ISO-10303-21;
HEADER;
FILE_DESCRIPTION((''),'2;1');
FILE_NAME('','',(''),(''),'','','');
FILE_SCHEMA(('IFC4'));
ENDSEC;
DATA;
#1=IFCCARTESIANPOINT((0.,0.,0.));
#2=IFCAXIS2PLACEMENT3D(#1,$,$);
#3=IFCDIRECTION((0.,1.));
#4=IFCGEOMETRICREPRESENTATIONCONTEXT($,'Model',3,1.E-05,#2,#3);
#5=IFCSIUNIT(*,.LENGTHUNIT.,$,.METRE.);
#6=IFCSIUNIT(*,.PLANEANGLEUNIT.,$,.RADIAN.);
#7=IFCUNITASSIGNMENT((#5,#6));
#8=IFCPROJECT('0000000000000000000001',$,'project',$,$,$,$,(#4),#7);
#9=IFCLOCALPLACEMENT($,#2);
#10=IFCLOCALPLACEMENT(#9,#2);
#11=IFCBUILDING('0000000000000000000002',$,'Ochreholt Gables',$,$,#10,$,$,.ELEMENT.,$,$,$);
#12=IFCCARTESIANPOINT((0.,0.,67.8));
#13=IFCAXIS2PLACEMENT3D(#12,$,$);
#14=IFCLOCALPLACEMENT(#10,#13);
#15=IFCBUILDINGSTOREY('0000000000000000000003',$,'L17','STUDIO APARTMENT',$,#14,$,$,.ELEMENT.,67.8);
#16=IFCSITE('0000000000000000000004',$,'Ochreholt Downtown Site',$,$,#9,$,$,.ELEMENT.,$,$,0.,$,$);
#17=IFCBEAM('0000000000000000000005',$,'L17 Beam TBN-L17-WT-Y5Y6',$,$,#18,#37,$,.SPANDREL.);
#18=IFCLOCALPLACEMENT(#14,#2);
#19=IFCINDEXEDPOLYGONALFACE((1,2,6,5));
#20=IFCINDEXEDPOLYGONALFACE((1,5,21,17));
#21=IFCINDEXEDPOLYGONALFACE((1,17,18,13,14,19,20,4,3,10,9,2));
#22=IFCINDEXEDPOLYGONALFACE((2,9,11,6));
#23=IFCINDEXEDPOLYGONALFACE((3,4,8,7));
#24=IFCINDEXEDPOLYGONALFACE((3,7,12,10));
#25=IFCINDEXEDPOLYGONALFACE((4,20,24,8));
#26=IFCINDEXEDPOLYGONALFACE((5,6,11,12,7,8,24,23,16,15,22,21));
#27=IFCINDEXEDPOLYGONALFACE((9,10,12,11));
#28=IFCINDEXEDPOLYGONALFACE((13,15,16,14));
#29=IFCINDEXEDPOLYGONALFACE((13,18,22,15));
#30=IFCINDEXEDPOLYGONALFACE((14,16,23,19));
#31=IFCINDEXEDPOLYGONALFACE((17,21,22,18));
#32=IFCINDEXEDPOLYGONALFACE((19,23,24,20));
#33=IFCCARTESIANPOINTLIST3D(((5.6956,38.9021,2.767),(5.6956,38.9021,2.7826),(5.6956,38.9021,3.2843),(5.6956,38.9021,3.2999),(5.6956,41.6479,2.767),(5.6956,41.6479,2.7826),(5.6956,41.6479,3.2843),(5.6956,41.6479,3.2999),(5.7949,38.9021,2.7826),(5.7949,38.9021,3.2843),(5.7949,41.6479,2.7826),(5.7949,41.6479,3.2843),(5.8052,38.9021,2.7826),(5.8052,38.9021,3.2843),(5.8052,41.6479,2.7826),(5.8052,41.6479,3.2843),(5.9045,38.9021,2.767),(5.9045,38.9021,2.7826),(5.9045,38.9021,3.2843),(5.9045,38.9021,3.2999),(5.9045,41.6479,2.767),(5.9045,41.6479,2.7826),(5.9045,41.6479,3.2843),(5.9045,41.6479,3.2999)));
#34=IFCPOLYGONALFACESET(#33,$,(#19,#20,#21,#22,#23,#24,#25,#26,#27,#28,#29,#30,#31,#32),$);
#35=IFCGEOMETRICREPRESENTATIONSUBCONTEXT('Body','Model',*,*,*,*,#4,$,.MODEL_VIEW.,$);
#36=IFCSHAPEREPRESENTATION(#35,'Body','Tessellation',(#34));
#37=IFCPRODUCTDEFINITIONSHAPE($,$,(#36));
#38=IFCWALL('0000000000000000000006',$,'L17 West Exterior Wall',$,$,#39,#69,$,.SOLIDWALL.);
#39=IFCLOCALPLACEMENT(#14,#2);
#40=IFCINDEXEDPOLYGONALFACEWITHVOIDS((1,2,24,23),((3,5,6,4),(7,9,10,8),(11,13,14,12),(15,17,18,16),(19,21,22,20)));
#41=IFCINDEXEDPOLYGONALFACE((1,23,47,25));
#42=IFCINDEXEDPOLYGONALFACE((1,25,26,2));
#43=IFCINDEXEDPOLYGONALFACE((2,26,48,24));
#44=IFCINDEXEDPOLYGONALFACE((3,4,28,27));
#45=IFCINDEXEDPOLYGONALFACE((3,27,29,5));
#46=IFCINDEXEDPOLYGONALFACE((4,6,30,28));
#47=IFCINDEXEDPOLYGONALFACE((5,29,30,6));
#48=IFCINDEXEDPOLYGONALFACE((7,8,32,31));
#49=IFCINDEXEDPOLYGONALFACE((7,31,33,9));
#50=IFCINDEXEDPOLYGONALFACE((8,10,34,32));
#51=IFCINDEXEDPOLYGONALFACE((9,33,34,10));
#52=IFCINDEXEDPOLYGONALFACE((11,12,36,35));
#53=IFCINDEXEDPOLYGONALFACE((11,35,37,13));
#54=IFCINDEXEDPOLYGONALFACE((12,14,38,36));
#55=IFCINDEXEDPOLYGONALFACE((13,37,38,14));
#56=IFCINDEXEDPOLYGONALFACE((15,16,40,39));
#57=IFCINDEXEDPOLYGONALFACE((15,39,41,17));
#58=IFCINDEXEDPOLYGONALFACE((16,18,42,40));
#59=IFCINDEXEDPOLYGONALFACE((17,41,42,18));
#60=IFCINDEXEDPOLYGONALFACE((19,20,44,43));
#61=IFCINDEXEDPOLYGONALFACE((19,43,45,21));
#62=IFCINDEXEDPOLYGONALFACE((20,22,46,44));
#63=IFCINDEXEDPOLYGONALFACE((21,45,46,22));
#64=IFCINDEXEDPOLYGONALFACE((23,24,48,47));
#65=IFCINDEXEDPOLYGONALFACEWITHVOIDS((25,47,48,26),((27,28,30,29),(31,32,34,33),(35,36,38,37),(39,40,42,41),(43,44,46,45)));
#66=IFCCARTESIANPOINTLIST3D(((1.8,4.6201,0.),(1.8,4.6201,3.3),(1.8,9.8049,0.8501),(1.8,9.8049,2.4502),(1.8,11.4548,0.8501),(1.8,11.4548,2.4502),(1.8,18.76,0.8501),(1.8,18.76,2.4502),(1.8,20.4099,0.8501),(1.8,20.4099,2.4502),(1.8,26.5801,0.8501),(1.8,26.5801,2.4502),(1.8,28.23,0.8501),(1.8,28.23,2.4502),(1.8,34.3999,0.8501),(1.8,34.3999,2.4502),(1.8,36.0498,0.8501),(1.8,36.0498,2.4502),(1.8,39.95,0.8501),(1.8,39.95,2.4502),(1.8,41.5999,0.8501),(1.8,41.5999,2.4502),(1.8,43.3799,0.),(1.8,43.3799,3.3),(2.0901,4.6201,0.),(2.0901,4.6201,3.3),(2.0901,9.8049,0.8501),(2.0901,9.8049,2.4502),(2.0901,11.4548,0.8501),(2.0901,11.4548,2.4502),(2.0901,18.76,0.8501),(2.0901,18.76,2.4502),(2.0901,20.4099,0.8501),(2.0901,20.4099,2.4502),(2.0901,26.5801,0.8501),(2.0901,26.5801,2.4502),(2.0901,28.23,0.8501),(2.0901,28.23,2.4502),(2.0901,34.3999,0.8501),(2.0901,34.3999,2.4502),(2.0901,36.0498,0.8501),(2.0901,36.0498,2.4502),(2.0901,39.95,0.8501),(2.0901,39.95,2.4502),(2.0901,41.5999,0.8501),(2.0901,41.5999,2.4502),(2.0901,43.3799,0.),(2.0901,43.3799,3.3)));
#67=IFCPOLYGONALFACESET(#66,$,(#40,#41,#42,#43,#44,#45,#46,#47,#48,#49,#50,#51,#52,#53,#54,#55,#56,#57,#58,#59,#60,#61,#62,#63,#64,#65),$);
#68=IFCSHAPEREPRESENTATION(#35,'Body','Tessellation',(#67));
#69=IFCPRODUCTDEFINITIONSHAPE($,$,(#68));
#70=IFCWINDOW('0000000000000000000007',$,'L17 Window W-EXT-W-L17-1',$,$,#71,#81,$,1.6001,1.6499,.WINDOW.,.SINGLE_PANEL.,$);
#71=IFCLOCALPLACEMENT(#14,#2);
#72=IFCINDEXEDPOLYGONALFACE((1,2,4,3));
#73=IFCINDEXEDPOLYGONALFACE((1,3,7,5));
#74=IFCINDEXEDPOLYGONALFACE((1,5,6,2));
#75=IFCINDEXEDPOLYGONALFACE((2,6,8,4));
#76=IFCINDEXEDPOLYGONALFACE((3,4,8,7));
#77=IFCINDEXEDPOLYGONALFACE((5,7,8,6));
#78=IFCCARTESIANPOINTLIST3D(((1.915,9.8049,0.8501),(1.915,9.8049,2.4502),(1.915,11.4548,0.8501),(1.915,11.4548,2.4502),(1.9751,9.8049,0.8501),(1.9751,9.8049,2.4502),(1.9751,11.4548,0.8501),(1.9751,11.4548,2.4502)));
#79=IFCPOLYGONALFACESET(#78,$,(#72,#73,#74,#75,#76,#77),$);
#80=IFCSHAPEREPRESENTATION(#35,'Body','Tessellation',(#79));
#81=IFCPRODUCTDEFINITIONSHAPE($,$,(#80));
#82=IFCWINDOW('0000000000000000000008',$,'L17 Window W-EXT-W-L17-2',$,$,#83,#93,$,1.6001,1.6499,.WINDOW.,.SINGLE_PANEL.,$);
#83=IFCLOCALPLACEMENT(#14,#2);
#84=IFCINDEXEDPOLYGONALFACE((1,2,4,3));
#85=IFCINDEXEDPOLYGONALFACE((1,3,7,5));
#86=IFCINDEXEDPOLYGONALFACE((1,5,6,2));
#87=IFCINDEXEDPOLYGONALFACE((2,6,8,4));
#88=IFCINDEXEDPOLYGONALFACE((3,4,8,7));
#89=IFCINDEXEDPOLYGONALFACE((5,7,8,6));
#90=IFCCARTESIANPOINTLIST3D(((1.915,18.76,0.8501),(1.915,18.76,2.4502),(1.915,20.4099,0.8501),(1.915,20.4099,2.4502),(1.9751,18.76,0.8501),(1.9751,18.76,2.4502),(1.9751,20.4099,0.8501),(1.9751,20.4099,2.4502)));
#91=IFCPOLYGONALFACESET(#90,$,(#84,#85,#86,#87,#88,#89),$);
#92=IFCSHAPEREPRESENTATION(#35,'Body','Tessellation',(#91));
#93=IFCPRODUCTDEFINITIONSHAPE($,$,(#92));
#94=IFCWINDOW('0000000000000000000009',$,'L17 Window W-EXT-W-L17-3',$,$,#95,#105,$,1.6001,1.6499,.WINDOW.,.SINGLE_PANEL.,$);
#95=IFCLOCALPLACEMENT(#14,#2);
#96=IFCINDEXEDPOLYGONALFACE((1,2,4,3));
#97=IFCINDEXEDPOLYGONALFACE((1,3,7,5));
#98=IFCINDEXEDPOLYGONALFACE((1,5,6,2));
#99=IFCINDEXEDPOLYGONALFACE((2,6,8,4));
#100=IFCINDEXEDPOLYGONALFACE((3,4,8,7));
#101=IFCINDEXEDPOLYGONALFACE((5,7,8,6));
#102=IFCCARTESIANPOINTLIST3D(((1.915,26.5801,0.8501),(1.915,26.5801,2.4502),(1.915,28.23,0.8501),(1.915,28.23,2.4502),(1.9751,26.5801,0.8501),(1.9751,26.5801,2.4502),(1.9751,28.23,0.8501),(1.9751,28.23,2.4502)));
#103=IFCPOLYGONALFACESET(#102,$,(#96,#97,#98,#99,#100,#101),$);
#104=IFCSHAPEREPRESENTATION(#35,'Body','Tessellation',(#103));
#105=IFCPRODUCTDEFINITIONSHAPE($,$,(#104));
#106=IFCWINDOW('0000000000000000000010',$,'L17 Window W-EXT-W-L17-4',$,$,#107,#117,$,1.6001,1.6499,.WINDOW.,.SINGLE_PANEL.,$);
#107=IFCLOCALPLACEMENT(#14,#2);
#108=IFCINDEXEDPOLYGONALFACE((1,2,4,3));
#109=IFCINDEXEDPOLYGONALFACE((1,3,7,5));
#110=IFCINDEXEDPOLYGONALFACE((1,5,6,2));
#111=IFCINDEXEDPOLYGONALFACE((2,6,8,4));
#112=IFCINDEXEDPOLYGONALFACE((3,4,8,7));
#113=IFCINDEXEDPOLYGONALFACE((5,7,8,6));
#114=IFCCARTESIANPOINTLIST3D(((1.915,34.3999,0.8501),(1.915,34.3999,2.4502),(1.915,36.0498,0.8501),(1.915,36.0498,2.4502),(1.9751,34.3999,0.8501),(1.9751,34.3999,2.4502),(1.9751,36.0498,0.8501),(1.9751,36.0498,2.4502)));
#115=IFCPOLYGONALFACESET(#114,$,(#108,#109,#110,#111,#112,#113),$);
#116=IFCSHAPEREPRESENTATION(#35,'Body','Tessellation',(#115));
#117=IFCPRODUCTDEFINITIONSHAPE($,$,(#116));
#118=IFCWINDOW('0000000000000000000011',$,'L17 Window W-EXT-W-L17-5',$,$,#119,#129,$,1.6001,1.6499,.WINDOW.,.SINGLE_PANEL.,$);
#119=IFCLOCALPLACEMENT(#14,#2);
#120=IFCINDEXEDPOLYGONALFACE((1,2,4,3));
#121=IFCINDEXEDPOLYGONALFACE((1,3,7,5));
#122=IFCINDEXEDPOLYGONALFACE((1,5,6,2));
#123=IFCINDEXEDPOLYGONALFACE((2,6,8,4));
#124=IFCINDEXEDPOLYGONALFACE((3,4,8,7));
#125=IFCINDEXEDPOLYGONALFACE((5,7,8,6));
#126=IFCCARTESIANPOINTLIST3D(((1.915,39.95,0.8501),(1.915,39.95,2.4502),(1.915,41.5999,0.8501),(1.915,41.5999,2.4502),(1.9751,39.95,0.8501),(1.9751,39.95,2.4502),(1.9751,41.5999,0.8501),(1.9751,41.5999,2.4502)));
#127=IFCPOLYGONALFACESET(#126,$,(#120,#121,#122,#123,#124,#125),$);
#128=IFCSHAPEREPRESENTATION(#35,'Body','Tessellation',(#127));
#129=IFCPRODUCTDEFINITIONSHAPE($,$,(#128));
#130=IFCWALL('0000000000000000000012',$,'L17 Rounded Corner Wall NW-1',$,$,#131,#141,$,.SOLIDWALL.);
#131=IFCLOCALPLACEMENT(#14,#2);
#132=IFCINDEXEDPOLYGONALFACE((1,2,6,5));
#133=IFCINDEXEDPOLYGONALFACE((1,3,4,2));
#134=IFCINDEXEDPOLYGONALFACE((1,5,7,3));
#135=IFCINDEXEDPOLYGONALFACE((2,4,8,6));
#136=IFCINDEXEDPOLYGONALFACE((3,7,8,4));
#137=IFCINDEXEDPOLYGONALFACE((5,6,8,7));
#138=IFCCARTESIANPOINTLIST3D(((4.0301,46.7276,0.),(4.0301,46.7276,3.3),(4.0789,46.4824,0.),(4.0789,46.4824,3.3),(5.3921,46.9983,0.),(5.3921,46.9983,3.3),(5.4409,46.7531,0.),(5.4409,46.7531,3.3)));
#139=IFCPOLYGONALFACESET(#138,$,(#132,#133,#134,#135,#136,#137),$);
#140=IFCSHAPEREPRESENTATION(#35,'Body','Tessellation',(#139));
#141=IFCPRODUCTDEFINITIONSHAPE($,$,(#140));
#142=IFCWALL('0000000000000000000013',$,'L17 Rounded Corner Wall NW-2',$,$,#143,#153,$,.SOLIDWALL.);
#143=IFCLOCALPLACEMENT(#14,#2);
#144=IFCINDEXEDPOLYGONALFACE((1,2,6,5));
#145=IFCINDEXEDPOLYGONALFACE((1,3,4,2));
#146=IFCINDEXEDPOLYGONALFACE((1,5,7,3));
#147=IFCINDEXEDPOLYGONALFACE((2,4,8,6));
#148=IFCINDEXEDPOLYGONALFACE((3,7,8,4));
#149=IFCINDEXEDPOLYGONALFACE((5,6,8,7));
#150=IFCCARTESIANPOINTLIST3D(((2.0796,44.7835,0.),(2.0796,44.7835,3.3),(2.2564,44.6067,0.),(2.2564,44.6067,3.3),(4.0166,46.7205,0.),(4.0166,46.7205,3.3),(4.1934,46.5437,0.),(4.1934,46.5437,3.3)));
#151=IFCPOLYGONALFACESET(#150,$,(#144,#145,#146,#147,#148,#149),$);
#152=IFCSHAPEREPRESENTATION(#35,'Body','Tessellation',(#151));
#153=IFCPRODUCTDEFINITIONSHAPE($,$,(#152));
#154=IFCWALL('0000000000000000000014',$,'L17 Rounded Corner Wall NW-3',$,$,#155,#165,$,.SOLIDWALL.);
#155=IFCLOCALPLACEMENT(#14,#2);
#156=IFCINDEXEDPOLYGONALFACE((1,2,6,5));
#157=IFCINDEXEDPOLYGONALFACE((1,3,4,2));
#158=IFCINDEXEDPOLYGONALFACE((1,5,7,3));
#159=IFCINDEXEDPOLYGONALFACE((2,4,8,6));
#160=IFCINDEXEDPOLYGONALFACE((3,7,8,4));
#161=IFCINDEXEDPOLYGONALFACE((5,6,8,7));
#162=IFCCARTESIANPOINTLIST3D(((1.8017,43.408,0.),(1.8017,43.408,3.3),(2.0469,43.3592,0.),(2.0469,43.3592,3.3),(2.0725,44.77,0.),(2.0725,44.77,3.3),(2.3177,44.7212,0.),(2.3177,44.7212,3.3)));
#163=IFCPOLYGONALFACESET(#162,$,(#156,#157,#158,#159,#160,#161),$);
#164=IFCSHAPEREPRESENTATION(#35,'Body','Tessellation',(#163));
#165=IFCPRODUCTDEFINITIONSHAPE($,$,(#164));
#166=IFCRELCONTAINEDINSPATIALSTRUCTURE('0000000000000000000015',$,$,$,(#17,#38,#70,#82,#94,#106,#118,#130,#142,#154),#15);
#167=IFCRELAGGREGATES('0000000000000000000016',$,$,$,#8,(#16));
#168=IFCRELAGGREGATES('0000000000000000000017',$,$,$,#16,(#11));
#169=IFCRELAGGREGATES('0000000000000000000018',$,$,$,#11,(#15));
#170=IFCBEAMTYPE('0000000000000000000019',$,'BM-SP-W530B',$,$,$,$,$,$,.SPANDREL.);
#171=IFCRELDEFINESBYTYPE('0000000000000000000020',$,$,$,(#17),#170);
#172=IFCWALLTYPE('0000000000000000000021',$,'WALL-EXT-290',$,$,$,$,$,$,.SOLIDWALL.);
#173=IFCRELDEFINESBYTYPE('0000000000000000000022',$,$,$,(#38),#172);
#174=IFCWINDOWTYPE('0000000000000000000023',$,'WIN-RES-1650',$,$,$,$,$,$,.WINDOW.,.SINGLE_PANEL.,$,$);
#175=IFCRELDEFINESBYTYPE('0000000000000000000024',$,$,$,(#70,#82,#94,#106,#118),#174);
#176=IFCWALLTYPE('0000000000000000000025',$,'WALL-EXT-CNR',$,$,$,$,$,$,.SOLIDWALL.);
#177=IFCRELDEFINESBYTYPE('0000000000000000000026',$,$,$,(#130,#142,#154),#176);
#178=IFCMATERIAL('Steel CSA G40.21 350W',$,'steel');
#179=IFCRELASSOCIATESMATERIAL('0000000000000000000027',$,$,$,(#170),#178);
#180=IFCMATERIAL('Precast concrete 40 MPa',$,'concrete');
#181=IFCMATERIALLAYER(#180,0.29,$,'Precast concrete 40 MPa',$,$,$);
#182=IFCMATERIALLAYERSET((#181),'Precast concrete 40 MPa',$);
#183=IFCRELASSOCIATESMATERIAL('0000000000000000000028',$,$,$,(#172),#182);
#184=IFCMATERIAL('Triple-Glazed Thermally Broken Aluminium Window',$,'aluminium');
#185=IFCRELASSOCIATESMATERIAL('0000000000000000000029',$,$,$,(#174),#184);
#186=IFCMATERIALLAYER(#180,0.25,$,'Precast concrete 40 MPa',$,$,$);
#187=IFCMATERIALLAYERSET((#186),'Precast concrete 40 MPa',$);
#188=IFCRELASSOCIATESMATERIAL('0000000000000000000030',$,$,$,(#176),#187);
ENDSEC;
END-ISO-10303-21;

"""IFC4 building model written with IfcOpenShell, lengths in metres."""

from ifc_helpers import new_model, si_unit, direction, frame, frame_2d, origin, origin_2d, place, context, subcontext, project, spatial, rectangle, i_section, extrude, material, layer, layer_set, material_profile, profile_set, type_object, element, fill, save


model = new_model("IFC4")

# Units and contexts
model_context = context("Model", 3, precision=1e-05, world=origin(), true_north=direction((0.0, 1.0)))
body_context = subcontext(model_context, "Body", "Model", "MODEL_VIEW")
ifc_project = project(units=[si_unit("LENGTHUNIT", "METRE"), si_unit("PLANEANGLEUNIT", "RADIAN")], contexts=[model_context])

# Site, building, storey
site_placement = place(None, origin())
site = spatial("IfcSite", under=ifc_project, at=site_placement, Name="Ochreholt Downtown Site", CompositionType="ELEMENT", RefElevation=0.0)
building_placement = place(site_placement, origin())
building = spatial("IfcBuilding", under=site, at=building_placement, Name="Ochreholt Gables", CompositionType="ELEMENT")
storey_placement = place(building_placement, frame((0.0, 0.0, 67.8)))
storey = spatial("IfcBuildingStorey", under=building, at=storey_placement, Name="L17", Description="STUDIO APARTMENT", CompositionType="ELEMENT", Elevation=67.8)

# Shared definitions
ifc_material_1 = material(Name="Steel CSA G40.21 350W", Category="steel")

# Beam
ifc_material_profile_1 = material_profile(ifc_material_1, i_section(OverallWidth=0.209, OverallDepth=0.533, WebThickness=0.0103, FlangeThickness=0.0156, at=origin_2d()), Name="W530X92")
ifc_profile_set_1 = profile_set([ifc_material_profile_1], Name="Steel CSA G40.21 350W")
beam_type_1 = type_object("IfcBeamType", Name="BM-SP-W530B", PredefinedType="SPANDREL", material=ifc_profile_set_1)
beam_1_placement = place(storey_placement, frame((5.8, 38.9021, 3.0334), z_axis=(0.0, 1.0, 0.0), x_axis=(-1.0, 0.0, 0.0)))
element("IfcBeam", 1, at=beam_1_placement, inside=storey, type_object=beam_type_1, Name="L17 Beam TBN-L17-WT-Y5Y6", PredefinedType="SPANDREL", context=body_context, shape_type="SweptSolid", body=[
    extrude(i_section(OverallWidth=0.209, OverallDepth=0.533, WebThickness=0.0103, FlangeThickness=0.0156, at=origin_2d()), origin(), (0.0, 0.0, 1.0), 2.7458),
])

# Wall, openings, windows
ifc_material_2 = material(Name="Precast concrete 40 MPa", Category="concrete")
ifc_layer_1 = layer(ifc_material_2, 0.29, Name="Precast concrete 40 MPa")
ifc_layer_set_1 = layer_set([ifc_layer_1], Name="Precast concrete 40 MPa")
wall_type_1 = type_object("IfcWallType", Name="WALL-EXT-290", PredefinedType="SOLIDWALL", material=ifc_layer_set_1)
wall_1_placement = place(storey_placement, frame((1.9451, 43.3799, 0.0), z_axis=(0.0, 0.0, 1.0), x_axis=(0.0, -1.0, 0.0)))
wall_1 = element("IfcWall", 2, at=wall_1_placement, inside=storey, type_object=wall_type_1, Name="L17 West Exterior Wall", PredefinedType="SOLIDWALL", context=body_context, shape_type="SweptSolid", body=[
    extrude(rectangle(XDim=38.7598, YDim=0.29, at=frame_2d((19.3799, 0.0))), origin(), (0.0, 0.0, 1.0), 3.3),
])
opening_1_placement = place(wall_1_placement, frame((31.925, 0.0, 0.8501)))
opening_1 = element("IfcOpeningElement", 3, at=opening_1_placement, cuts=wall_1, PredefinedType="OPENING", context=body_context, shape_type="SweptSolid", body=[
    extrude(rectangle(XDim=1.6499, YDim=1.6001, at=frame_2d((0.825, 0.8))), frame((0.0, 0.155, 0.0), z_axis=(0.0, -1.0, 0.0), x_axis=(1.0, 0.0, 0.0)), (0.0, 0.0, 1.0), 0.3101),
])
opening_2_placement = place(wall_1_placement, frame((22.97, 0.0, 0.8501)))
opening_2 = element("IfcOpeningElement", 4, at=opening_2_placement, cuts=wall_1, PredefinedType="OPENING", context=body_context, shape_type="SweptSolid", body=[
    extrude(rectangle(XDim=1.6499, YDim=1.6001, at=frame_2d((0.825, 0.8))), frame((0.0, 0.155, 0.0), z_axis=(0.0, -1.0, 0.0), x_axis=(1.0, 0.0, 0.0)), (0.0, 0.0, 1.0), 0.3101),
])
opening_3_placement = place(wall_1_placement, frame((15.1499, 0.0, 0.8501)))
opening_3 = element("IfcOpeningElement", 5, at=opening_3_placement, cuts=wall_1, PredefinedType="OPENING", context=body_context, shape_type="SweptSolid", body=[
    extrude(rectangle(XDim=1.6499, YDim=1.6001, at=frame_2d((0.825, 0.8))), frame((0.0, 0.155, 0.0), z_axis=(0.0, -1.0, 0.0), x_axis=(1.0, 0.0, 0.0)), (0.0, 0.0, 1.0), 0.3101),
])
opening_4_placement = place(wall_1_placement, frame((7.3301, 0.0, 0.8501)))
opening_4 = element("IfcOpeningElement", 6, at=opening_4_placement, cuts=wall_1, PredefinedType="OPENING", context=body_context, shape_type="SweptSolid", body=[
    extrude(rectangle(XDim=1.6499, YDim=1.6001, at=frame_2d((0.825, 0.8))), frame((0.0, 0.155, 0.0), z_axis=(0.0, -1.0, 0.0), x_axis=(1.0, 0.0, 0.0)), (0.0, 0.0, 1.0), 0.3101),
])
opening_5_placement = place(wall_1_placement, frame((1.78, 0.0, 0.8501)))
opening_5 = element("IfcOpeningElement", 7, at=opening_5_placement, cuts=wall_1, PredefinedType="OPENING", context=body_context, shape_type="SweptSolid", body=[
    extrude(rectangle(XDim=1.6499, YDim=1.6001, at=frame_2d((0.825, 0.8))), frame((0.0, 0.155, 0.0), z_axis=(0.0, -1.0, 0.0), x_axis=(1.0, 0.0, 0.0)), (0.0, 0.0, 1.0), 0.3101),
])
ifc_material_3 = material(Name="Triple-Glazed Thermally Broken Aluminium Window", Category="aluminium")
window_type = type_object("IfcWindowType", Name="WIN-RES-1650", PartitioningType="SINGLE_PANEL", PredefinedType="WINDOW", material=ifc_material_3)
window_1_placement = place(opening_1_placement, origin())
window_1 = element("IfcWindow", 8, at=window_1_placement, inside=storey, type_object=window_type, Name="L17 Window W-EXT-W-L17-1", OverallHeight=1.6001, OverallWidth=1.6499, PartitioningType="SINGLE_PANEL", PredefinedType="WINDOW", context=body_context, shape_type="SweptSolid", body=[
    extrude(rectangle(XDim=1.6499, YDim=1.6001, at=frame_2d((0.825, 0.8))), frame((0.0, 0.03, 0.0), z_axis=(0.0, -1.0, 0.0), x_axis=(1.0, 0.0, 0.0)), (0.0, 0.0, 1.0), 0.0601),
])
fill(opening_1, window_1)
window_2_placement = place(opening_2_placement, origin())
window_2 = element("IfcWindow", 9, at=window_2_placement, inside=storey, type_object=window_type, Name="L17 Window W-EXT-W-L17-2", OverallHeight=1.6001, OverallWidth=1.6499, PartitioningType="SINGLE_PANEL", PredefinedType="WINDOW", context=body_context, shape_type="SweptSolid", body=[
    extrude(rectangle(XDim=1.6499, YDim=1.6001, at=frame_2d((0.825, 0.8))), frame((0.0, 0.03, 0.0), z_axis=(0.0, -1.0, 0.0), x_axis=(1.0, 0.0, 0.0)), (0.0, 0.0, 1.0), 0.0601),
])
fill(opening_2, window_2)
window_3_placement = place(opening_3_placement, origin())
window_3 = element("IfcWindow", 10, at=window_3_placement, inside=storey, type_object=window_type, Name="L17 Window W-EXT-W-L17-3", OverallHeight=1.6001, OverallWidth=1.6499, PartitioningType="SINGLE_PANEL", PredefinedType="WINDOW", context=body_context, shape_type="SweptSolid", body=[
    extrude(rectangle(XDim=1.6499, YDim=1.6001, at=frame_2d((0.825, 0.8))), frame((0.0, 0.03, 0.0), z_axis=(0.0, -1.0, 0.0), x_axis=(1.0, 0.0, 0.0)), (0.0, 0.0, 1.0), 0.0601),
])
fill(opening_3, window_3)
window_4_placement = place(opening_4_placement, origin())
window_4 = element("IfcWindow", 11, at=window_4_placement, inside=storey, type_object=window_type, Name="L17 Window W-EXT-W-L17-4", OverallHeight=1.6001, OverallWidth=1.6499, PartitioningType="SINGLE_PANEL", PredefinedType="WINDOW", context=body_context, shape_type="SweptSolid", body=[
    extrude(rectangle(XDim=1.6499, YDim=1.6001, at=frame_2d((0.825, 0.8))), frame((0.0, 0.03, 0.0), z_axis=(0.0, -1.0, 0.0), x_axis=(1.0, 0.0, 0.0)), (0.0, 0.0, 1.0), 0.0601),
])
fill(opening_4, window_4)
window_5_placement = place(opening_5_placement, origin())
window_5 = element("IfcWindow", 12, at=window_5_placement, inside=storey, type_object=window_type, Name="L17 Window W-EXT-W-L17-5", OverallHeight=1.6001, OverallWidth=1.6499, PartitioningType="SINGLE_PANEL", PredefinedType="WINDOW", context=body_context, shape_type="SweptSolid", body=[
    extrude(rectangle(XDim=1.6499, YDim=1.6001, at=frame_2d((0.825, 0.8))), frame((0.0, 0.03, 0.0), z_axis=(0.0, -1.0, 0.0), x_axis=(1.0, 0.0, 0.0)), (0.0, 0.0, 1.0), 0.0601),
])
fill(opening_5, window_5)

# Walls
ifc_layer_2 = layer(ifc_material_2, 0.25, Name="Precast concrete 40 MPa")
ifc_layer_set_2 = layer_set([ifc_layer_2], Name="Precast concrete 40 MPa")
wall_type_2 = type_object("IfcWallType", Name="WALL-EXT-CNR", PredefinedType="SOLIDWALL", material=ifc_layer_set_2)
wall_2_placement = place(storey_placement, frame((5.4165, 46.8757, 0.0), z_axis=(0.0, 0.0, 1.0), x_axis=(-0.98081, -0.194967, 0.0)))
element("IfcWall", 13, at=wall_2_placement, inside=storey, type_object=wall_type_2, Name="L17 Rounded Corner Wall NW-1", PredefinedType="SOLIDWALL", context=body_context, shape_type="SweptSolid", body=[
    extrude(rectangle(XDim=1.3887, YDim=0.25, at=frame_2d((0.6943, 0.0))), origin(), (0.0, 0.0, 1.0), 3.3),
])
wall_3_placement = place(storey_placement, frame((4.105, 46.6321, 0.0), z_axis=(0.0, 0.0, 1.0), x_axis=(-0.707107, -0.707107, 0.0)))
element("IfcWall", 14, at=wall_3_placement, inside=storey, type_object=wall_type_2, Name="L17 Rounded Corner Wall NW-2", PredefinedType="SOLIDWALL", context=body_context, shape_type="SweptSolid", body=[
    extrude(rectangle(XDim=2.7393, YDim=0.25, at=frame_2d((1.3696, 0.0))), origin(), (0.0, 0.0, 1.0), 3.3),
])
wall_4_placement = place(storey_placement, frame((2.1951, 44.7456, 0.0), z_axis=(0.0, 0.0, 1.0), x_axis=(-0.194967, -0.98081, 0.0)))
element("IfcWall", 15, at=wall_4_placement, inside=storey, type_object=wall_type_2, Name="L17 Rounded Corner Wall NW-3", PredefinedType="SOLIDWALL", context=body_context, shape_type="SweptSolid", body=[
    extrude(rectangle(XDim=1.3887, YDim=0.25, at=frame_2d((0.6943, 0.0))), origin(), (0.0, 0.0, 1.0), 3.3),
])

save(model, "model.ifc")
